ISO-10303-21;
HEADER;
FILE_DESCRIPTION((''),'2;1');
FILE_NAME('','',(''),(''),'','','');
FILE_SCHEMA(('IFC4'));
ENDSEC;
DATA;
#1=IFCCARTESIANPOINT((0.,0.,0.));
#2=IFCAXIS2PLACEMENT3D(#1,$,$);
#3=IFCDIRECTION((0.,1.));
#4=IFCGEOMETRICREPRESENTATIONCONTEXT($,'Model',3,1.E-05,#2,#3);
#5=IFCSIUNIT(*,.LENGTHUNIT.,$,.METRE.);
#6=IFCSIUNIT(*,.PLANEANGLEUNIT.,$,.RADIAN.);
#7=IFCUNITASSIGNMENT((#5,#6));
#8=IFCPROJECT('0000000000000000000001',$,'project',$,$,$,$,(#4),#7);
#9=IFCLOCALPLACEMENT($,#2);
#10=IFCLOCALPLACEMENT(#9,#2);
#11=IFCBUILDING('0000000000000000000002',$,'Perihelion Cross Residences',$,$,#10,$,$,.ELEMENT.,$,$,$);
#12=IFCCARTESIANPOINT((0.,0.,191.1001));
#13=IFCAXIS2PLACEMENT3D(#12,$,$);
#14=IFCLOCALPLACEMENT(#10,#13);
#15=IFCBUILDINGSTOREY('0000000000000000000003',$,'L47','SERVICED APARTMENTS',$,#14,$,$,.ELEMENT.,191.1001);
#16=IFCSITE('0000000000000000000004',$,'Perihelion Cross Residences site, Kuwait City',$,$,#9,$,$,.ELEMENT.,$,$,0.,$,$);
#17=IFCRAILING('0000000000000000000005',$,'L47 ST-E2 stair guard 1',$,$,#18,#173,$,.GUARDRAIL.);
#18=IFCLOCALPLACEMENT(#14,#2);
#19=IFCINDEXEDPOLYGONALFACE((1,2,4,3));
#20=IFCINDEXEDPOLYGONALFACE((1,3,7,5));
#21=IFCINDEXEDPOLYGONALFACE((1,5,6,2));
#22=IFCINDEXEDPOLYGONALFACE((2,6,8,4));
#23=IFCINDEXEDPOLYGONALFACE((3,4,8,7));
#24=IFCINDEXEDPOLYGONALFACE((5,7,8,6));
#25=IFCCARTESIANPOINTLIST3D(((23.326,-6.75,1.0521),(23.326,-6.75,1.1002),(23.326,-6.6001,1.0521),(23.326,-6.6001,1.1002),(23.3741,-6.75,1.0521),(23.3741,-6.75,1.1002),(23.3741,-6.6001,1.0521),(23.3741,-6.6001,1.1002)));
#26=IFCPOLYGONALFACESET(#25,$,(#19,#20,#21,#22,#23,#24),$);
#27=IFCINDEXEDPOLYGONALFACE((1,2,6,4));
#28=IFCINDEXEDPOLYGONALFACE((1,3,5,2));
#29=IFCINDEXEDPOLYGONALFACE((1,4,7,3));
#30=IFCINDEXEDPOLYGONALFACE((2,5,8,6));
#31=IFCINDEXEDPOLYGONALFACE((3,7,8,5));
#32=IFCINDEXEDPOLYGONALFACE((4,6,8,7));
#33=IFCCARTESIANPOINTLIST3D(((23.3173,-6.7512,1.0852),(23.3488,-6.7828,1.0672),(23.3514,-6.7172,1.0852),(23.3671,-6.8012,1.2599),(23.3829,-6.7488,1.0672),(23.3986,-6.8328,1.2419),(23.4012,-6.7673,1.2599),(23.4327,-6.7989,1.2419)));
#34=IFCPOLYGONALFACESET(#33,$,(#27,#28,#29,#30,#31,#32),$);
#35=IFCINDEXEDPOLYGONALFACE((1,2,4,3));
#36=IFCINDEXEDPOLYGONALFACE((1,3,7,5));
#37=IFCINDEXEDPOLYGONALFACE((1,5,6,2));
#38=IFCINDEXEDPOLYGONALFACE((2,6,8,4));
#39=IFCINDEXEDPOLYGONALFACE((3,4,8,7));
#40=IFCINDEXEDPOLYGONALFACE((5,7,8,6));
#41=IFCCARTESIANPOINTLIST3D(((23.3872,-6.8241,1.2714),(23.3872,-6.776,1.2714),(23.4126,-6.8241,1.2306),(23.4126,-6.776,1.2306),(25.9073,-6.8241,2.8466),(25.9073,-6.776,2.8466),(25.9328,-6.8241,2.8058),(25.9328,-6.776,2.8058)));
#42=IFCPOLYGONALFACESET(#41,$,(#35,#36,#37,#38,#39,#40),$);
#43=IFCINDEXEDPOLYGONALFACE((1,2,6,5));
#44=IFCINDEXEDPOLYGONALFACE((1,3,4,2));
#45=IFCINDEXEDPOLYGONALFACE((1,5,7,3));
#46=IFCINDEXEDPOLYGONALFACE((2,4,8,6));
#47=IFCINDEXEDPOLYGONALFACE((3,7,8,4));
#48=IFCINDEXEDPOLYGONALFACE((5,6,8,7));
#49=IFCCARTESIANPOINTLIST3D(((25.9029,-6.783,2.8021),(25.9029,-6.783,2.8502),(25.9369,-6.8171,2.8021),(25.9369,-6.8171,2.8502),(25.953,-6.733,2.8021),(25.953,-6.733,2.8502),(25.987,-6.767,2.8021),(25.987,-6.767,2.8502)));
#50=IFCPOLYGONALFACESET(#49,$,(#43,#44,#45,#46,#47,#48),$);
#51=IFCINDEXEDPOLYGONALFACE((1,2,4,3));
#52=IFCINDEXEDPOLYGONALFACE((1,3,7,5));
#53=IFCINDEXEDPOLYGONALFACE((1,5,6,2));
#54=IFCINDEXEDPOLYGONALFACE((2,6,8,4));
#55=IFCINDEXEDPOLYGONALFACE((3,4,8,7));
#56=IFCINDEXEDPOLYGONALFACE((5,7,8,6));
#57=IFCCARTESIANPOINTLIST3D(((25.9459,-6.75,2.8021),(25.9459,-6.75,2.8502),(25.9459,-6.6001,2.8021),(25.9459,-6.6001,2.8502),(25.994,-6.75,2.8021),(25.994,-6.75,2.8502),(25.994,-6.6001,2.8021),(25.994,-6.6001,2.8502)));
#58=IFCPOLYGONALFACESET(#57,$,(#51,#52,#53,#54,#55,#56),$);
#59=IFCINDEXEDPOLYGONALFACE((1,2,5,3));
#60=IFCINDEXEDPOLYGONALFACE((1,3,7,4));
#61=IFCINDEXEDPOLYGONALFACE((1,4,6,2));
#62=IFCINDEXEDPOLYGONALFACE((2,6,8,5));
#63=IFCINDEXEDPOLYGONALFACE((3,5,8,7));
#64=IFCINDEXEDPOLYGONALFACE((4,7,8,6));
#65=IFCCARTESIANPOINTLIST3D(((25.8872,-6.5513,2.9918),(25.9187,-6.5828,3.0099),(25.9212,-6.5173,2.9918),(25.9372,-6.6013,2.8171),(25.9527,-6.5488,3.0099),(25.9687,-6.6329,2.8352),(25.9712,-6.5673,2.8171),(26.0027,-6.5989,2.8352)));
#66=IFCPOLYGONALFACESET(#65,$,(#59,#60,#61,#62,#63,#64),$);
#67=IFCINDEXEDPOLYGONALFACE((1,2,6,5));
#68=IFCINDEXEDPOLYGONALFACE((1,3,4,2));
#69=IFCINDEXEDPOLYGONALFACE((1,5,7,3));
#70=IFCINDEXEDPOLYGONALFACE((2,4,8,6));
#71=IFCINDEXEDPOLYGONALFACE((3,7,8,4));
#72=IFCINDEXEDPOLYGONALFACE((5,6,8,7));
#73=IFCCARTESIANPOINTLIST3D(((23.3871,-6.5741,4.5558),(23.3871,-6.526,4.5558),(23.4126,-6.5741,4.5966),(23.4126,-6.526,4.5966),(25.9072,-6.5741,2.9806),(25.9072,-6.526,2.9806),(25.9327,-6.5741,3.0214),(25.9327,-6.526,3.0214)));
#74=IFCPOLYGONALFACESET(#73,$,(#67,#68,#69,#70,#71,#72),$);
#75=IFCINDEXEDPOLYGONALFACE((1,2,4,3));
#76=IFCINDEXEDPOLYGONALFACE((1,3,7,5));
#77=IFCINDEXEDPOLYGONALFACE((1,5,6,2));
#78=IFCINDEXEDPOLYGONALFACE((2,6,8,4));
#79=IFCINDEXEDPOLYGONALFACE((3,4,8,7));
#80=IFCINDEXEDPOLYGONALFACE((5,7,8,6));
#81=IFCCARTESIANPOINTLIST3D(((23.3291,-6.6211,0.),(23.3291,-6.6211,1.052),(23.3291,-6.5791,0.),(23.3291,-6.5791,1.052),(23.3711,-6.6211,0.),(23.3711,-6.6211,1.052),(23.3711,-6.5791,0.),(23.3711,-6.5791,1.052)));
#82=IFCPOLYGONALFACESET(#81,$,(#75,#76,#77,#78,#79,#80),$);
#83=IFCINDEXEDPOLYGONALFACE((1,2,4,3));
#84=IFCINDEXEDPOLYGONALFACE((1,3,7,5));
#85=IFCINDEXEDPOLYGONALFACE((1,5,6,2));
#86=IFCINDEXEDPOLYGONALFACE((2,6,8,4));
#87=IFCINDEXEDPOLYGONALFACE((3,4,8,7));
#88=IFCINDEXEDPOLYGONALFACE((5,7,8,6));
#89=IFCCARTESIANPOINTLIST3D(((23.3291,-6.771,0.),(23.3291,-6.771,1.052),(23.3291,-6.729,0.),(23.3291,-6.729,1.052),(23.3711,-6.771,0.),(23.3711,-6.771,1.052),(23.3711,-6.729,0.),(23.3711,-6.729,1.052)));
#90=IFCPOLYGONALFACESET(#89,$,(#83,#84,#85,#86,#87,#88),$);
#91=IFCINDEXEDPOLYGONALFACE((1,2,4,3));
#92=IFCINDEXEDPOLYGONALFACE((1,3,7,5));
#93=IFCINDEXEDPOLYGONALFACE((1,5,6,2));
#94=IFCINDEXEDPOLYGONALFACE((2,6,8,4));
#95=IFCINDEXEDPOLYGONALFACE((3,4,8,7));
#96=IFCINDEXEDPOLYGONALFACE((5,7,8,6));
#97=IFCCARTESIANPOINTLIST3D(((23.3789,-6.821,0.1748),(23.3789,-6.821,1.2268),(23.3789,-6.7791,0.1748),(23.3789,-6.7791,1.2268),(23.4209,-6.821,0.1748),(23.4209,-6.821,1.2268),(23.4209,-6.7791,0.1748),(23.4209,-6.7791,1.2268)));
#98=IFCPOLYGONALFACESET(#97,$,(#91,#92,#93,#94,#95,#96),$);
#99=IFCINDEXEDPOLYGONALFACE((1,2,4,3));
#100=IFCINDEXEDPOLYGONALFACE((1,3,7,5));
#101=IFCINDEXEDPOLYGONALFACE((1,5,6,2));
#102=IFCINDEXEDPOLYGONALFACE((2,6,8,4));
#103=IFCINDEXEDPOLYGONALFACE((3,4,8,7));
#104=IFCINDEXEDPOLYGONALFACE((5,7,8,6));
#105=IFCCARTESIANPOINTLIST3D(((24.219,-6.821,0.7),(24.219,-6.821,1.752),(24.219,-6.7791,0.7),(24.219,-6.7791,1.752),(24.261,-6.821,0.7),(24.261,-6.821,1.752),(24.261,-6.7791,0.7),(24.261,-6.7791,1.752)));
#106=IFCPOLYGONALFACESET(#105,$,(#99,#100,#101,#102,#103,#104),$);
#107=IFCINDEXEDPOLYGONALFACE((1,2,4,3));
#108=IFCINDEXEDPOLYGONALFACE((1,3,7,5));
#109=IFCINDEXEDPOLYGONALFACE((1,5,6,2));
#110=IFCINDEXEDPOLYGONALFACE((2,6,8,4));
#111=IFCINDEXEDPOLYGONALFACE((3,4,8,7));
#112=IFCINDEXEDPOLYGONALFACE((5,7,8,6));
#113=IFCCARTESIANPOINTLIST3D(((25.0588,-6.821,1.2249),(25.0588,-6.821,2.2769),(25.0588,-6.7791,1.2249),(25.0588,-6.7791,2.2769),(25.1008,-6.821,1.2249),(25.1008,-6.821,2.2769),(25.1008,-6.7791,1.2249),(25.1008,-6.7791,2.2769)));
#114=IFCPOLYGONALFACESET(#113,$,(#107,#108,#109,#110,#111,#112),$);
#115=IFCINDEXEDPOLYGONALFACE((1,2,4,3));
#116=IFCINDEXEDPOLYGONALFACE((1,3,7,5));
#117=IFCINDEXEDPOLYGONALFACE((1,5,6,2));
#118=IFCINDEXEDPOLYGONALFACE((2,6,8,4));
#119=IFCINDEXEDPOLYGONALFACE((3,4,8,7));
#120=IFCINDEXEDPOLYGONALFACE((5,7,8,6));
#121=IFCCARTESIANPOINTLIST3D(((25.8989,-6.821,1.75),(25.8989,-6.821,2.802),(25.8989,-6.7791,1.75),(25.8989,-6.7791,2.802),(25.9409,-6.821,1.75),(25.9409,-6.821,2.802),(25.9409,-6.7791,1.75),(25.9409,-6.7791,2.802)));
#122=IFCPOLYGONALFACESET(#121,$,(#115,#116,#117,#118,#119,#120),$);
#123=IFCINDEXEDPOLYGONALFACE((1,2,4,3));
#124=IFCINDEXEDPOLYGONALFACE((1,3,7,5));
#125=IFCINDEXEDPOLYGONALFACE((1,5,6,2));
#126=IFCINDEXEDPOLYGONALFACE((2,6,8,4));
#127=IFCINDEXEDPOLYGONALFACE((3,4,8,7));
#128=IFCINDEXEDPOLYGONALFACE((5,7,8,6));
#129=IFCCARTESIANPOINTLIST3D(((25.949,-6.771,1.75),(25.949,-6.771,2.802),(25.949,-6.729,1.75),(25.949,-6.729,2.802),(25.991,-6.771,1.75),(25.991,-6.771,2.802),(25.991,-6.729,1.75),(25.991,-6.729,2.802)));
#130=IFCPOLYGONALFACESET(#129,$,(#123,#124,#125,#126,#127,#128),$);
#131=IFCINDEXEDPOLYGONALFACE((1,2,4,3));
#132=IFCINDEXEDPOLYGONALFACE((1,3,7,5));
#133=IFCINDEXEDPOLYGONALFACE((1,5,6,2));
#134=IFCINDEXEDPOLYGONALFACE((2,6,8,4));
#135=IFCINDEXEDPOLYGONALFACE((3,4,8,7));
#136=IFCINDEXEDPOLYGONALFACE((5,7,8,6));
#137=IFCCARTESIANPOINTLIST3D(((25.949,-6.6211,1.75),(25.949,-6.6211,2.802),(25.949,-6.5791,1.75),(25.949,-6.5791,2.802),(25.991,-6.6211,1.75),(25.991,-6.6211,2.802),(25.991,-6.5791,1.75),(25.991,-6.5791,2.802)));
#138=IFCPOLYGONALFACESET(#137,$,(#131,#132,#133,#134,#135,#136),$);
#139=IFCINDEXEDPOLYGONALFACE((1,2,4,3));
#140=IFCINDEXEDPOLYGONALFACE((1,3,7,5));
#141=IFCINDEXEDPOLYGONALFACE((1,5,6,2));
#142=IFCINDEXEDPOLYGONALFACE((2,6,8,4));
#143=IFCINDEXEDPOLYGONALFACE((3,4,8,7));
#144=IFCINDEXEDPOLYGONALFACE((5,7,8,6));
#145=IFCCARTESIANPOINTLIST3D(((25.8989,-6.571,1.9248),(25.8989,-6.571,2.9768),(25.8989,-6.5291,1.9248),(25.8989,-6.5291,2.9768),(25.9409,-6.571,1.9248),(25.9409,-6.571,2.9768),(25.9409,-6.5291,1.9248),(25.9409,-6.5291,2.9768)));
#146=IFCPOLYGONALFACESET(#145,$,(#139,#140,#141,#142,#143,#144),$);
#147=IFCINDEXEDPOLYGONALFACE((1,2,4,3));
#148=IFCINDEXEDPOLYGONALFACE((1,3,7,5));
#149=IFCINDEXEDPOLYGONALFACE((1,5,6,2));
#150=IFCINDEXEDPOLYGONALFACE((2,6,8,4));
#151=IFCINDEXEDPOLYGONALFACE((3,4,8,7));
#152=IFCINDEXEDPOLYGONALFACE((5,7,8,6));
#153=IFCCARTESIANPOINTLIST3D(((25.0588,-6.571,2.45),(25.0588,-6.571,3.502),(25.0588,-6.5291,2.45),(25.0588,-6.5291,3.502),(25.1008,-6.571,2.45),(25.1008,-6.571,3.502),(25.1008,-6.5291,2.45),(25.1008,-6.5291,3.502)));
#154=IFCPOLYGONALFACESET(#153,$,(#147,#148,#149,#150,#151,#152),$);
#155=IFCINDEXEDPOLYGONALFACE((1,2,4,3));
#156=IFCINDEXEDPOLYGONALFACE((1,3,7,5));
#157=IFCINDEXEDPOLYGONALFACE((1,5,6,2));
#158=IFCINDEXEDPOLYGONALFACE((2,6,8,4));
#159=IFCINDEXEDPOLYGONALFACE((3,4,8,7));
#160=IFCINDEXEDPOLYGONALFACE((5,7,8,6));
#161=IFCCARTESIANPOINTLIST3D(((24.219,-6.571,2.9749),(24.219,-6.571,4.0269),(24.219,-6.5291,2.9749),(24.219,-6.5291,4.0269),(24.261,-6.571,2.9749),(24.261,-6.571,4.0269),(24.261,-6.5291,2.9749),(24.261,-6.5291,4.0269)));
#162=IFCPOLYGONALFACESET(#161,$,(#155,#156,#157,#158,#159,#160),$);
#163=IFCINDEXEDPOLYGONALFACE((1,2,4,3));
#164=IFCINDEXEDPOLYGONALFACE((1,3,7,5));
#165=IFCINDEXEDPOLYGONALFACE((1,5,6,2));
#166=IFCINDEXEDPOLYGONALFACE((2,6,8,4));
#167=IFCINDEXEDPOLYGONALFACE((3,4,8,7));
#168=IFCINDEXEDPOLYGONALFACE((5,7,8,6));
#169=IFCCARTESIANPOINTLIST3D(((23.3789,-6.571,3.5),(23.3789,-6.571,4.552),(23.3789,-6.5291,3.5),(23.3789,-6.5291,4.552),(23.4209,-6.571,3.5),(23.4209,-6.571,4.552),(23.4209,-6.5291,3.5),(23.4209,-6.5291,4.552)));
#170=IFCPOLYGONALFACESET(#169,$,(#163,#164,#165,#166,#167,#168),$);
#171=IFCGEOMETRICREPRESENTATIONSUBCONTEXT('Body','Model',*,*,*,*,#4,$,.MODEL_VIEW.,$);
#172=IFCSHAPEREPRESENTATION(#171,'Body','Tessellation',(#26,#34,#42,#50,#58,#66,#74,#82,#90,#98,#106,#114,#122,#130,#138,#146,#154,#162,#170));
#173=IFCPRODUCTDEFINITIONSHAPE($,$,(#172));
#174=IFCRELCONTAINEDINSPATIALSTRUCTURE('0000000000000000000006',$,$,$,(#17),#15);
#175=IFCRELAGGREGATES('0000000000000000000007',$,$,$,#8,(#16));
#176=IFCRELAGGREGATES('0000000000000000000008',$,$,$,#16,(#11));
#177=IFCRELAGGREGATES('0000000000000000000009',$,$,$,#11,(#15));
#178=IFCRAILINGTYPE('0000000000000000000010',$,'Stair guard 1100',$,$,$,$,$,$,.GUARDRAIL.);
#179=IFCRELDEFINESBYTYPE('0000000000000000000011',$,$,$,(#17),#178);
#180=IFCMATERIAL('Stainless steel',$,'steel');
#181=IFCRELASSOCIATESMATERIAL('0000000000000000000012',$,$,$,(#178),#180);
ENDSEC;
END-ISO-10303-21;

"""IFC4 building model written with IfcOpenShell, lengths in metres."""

from ifc_helpers import new_model, si_unit, direction, frame, origin, origin_2d, place, context, subcontext, project, spatial, rectangle, extrude, material, type_object, element, save


model = new_model("IFC4")

# Units and contexts
model_context = context("Model", 3, precision=1e-05, world=origin(), true_north=direction((0.0, 1.0)))
body_context = subcontext(model_context, "Body", "Model", "MODEL_VIEW")
ifc_project = project(units=[si_unit("LENGTHUNIT", "METRE"), si_unit("PLANEANGLEUNIT", "RADIAN")], contexts=[model_context])

# Site, building, storey
site_placement = place(None, origin())
site = spatial("IfcSite", under=ifc_project, at=site_placement, Name="Perihelion Cross Residences site, Kuwait City", CompositionType="ELEMENT", RefElevation=0.0)
building_placement = place(site_placement, origin())
building = spatial("IfcBuilding", under=site, at=building_placement, Name="Perihelion Cross Residences", CompositionType="ELEMENT")
storey_placement = place(building_placement, frame((0.0, 0.0, 191.1001)))
storey = spatial("IfcBuildingStorey", under=building, at=storey_placement, Name="L47", Description="SERVICED APARTMENTS", CompositionType="ELEMENT", Elevation=191.1001)

# Railing
ifc_material_1 = material(Name="Stainless steel", Category="steel")
railing_type_1 = type_object("IfcRailingType", Name="Stair guard 1100", PredefinedType="GUARDRAIL", material=ifc_material_1)
railing_1_placement = place(storey_placement, frame((23.3501, -6.6001, 0.0)))
element("IfcRailing", 1, at=railing_1_placement, inside=storey, type_object=railing_type_1, Name="L47 ST-E2 stair guard 1", PredefinedType="GUARDRAIL", context=body_context, shape_type="SweptSolid", body=[
    extrude(rectangle(XDim=0.0481, YDim=0.0481, at=origin_2d()), frame((0.0, 0.0, 1.0762), z_axis=(0.0, -1.0, 0.0), x_axis=(1.0, 0.0, 0.0)), (0.0, 0.0, 1.0), 0.1499),
    extrude(rectangle(XDim=0.0481, YDim=0.0481, at=origin_2d()), frame((0.0, -0.1499, 1.0762), z_axis=(0.264179, -0.265474, 0.927218), x_axis=(0.708834, 0.705376, 0.0)), (0.0, 0.0, 1.0), 0.1885),
    extrude(rectangle(XDim=0.0481, YDim=0.0481, at=origin_2d()), frame((0.0498, -0.2, 1.251), z_axis=(0.847971, 0.0, 0.530043), x_axis=(0.0, 1.0, 0.0)), (0.0, 0.0, 1.0), 2.9719),
    extrude(rectangle(XDim=0.0481, YDim=0.0481, at=origin_2d()), frame((2.5698, -0.2, 2.8262), z_axis=(0.707107, 0.707107, 0.0), x_axis=(-0.707107, 0.707107, 0.0)), (0.0, 0.0, 1.0), 0.0708),
    extrude(rectangle(XDim=0.0481, YDim=0.0481, at=origin_2d()), frame((2.6199, -0.1499, 2.8262), z_axis=(0.0, 1.0, 0.0), x_axis=(-1.0, 0.0, 0.0)), (0.0, 0.0, 1.0), 0.1499),
    extrude(rectangle(XDim=0.0481, YDim=0.0481, at=origin_2d()), frame((2.6199, 0.0, 2.8262), z_axis=(-0.265383, 0.265383, 0.9269), x_axis=(-0.707107, -0.707107, 0.0)), (0.0, 0.0, 1.0), 0.1885),
    extrude(rectangle(XDim=0.0481, YDim=0.0481, at=origin_2d()), frame((2.5698, 0.05, 3.001), z_axis=(-0.847971, 0.0, 0.530043), x_axis=(0.0, -1.0, 0.0)), (0.0, 0.0, 1.0), 2.9719),
    extrude(rectangle(XDim=0.042, YDim=0.042, at=origin_2d()), origin(), (0.0, 0.0, 1.0), 1.052),
    extrude(rectangle(XDim=0.042, YDim=0.042, at=origin_2d()), frame((0.0, -0.1499, 0.0)), (0.0, 0.0, 1.0), 1.052),
    extrude(rectangle(XDim=0.042, YDim=0.042, at=origin_2d()), frame((0.0498, -0.2, 0.1748)), (0.0, 0.0, 1.0), 1.052),
    extrude(rectangle(XDim=0.042, YDim=0.042, at=origin_2d()), frame((0.8899, -0.2, 0.7)), (0.0, 0.0, 1.0), 1.052),
    extrude(rectangle(XDim=0.042, YDim=0.042, at=origin_2d()), frame((1.7297, -0.2, 1.2249)), (0.0, 0.0, 1.0), 1.052),
    extrude(rectangle(XDim=0.042, YDim=0.042, at=origin_2d()), frame((2.5698, -0.2, 1.75)), (0.0, 0.0, 1.0), 1.052),
    extrude(rectangle(XDim=0.042, YDim=0.042, at=origin_2d()), frame((2.6199, -0.1499, 1.75)), (0.0, 0.0, 1.0), 1.052),
    extrude(rectangle(XDim=0.042, YDim=0.042, at=origin_2d()), frame((2.6199, 0.0, 1.75)), (0.0, 0.0, 1.0), 1.052),
    extrude(rectangle(XDim=0.042, YDim=0.042, at=origin_2d()), frame((2.5698, 0.05, 1.9248)), (0.0, 0.0, 1.0), 1.052),
    extrude(rectangle(XDim=0.042, YDim=0.042, at=origin_2d()), frame((1.7297, 0.05, 2.45)), (0.0, 0.0, 1.0), 1.052),
    extrude(rectangle(XDim=0.042, YDim=0.042, at=origin_2d()), frame((0.8899, 0.05, 2.9749)), (0.0, 0.0, 1.0), 1.052),
    extrude(rectangle(XDim=0.042, YDim=0.042, at=origin_2d()), frame((0.0498, 0.05, 3.5)), (0.0, 0.0, 1.0), 1.052),
])

save(model, "model.ifc")
